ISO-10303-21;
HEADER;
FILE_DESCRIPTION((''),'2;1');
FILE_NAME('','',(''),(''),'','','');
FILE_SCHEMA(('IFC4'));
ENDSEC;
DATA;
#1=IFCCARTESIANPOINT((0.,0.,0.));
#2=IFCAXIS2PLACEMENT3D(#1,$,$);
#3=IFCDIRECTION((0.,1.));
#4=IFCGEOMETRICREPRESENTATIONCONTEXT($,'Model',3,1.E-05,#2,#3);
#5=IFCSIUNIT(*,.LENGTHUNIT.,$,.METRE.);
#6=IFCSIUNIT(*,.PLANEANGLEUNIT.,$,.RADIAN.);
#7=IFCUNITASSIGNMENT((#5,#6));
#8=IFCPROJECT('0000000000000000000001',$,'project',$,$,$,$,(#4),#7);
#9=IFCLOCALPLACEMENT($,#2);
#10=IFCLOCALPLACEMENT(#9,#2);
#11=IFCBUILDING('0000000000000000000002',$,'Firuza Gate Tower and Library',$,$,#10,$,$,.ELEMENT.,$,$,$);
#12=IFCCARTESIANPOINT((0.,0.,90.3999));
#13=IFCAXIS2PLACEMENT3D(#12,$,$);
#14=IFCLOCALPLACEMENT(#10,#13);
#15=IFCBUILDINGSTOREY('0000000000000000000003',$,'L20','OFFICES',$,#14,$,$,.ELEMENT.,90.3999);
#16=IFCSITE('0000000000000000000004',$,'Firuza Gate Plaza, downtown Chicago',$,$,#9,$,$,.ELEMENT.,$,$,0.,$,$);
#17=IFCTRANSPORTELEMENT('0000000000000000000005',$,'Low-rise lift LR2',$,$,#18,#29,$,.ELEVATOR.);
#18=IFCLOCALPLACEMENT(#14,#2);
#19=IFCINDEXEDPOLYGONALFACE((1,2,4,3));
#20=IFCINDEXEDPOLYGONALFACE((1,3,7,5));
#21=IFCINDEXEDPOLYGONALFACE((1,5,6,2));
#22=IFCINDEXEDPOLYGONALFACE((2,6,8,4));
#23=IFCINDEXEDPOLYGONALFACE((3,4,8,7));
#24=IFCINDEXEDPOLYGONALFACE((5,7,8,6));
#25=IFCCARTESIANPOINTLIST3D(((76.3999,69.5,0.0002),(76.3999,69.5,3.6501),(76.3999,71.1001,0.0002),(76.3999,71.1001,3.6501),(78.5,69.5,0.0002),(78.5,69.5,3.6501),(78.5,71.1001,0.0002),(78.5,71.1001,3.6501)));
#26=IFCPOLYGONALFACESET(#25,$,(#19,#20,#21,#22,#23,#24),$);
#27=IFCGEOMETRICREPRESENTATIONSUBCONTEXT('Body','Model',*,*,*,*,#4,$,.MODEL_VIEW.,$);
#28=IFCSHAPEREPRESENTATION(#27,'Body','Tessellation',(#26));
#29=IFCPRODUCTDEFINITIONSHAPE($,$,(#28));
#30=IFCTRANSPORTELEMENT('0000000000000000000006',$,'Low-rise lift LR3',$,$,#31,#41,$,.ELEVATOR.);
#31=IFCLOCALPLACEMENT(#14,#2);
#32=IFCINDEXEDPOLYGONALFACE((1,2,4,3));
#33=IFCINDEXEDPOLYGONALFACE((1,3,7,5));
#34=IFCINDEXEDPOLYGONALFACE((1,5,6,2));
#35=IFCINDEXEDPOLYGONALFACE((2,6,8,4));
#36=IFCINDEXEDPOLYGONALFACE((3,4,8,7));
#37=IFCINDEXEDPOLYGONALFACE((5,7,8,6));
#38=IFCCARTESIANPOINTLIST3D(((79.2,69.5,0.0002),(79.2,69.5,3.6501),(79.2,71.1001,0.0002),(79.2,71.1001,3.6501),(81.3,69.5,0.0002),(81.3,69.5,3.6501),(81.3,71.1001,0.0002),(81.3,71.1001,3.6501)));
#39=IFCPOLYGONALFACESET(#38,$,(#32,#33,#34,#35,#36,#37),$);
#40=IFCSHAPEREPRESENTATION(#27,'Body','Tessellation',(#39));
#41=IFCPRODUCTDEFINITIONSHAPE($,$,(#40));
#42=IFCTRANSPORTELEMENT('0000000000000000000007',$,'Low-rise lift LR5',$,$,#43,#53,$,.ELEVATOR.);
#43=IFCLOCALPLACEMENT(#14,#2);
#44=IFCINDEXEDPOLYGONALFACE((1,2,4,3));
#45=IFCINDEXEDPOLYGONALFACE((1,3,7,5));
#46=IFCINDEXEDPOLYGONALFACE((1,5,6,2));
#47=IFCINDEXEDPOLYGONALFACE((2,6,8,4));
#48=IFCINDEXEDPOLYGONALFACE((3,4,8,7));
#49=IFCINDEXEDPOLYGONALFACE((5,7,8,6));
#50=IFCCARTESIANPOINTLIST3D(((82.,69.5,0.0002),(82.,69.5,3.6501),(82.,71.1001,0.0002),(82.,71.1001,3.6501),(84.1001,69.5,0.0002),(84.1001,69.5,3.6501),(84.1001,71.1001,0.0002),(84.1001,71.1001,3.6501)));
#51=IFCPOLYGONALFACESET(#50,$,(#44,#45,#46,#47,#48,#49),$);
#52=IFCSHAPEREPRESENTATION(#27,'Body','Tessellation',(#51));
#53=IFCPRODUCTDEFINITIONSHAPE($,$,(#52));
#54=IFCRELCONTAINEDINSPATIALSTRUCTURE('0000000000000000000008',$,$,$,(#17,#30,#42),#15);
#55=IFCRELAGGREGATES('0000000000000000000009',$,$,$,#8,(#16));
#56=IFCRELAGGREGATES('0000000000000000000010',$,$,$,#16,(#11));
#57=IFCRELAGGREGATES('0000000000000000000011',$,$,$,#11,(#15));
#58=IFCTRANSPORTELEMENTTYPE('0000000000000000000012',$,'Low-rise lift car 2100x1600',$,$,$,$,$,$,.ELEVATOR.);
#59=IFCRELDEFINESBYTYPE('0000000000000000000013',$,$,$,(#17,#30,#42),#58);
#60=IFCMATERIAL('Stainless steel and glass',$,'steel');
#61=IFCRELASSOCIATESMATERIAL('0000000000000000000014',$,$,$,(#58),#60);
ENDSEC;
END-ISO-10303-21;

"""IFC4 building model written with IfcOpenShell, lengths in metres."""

from ifc_helpers import new_model, si_unit, direction, frame, origin, origin_2d, place, context, subcontext, project, spatial, rectangle, extrude, material, type_object, element, save


model = new_model("IFC4")

# Units and contexts
model_context = context("Model", 3, precision=1e-05, world=origin(), true_north=direction((0.0, 1.0)))
body_context = subcontext(model_context, "Body", "Model", "MODEL_VIEW")
ifc_project = project(units=[si_unit("LENGTHUNIT", "METRE"), si_unit("PLANEANGLEUNIT", "RADIAN")], contexts=[model_context])

# Site, building, storey
site_placement = place(None, origin())
site = spatial("IfcSite", under=ifc_project, at=site_placement, Name="Firuza Gate Plaza, downtown Chicago", CompositionType="ELEMENT", RefElevation=0.0)
building_placement = place(site_placement, origin())
building = spatial("IfcBuilding", under=site, at=building_placement, Name="Firuza Gate Tower and Library", CompositionType="ELEMENT")
storey_placement = place(building_placement, frame((0.0, 0.0, 90.3999)))
storey = spatial("IfcBuildingStorey", under=building, at=storey_placement, Name="L20", Description="OFFICES", CompositionType="ELEMENT", Elevation=90.3999)

# Transport elements
ifc_material_1 = material(Name="Stainless steel and glass", Category="steel")
transport_element_type = type_object("IfcTransportElementType", Name="Low-rise lift car 2100x1600", PredefinedType="ELEVATOR", material=ifc_material_1)
for number, where, z_axis, x_axis, name in (
    (1, (77.45, 70.3, 0.0002), (0.0, 0.0, 1.0), (1.0, 0.0, 0.0), "Low-rise lift LR2"),
    (2, (80.25, 70.3, 0.0002), (0.0, 0.0, 1.0), (1.0, 0.0, 0.0), "Low-rise lift LR3"),
    (3, (83.05, 70.3, 0.0002), (0.0, 0.0, 1.0), (1.0, 0.0, 0.0), "Low-rise lift LR5"),
):
    element("IfcTransportElement", number, at=place(storey_placement, frame(where, z_axis=z_axis, x_axis=x_axis)), inside=storey, type_object=transport_element_type, Name=name, PredefinedType="ELEVATOR", context=body_context, shape_type="SweptSolid", body=[
        extrude(rectangle(XDim=2.1001, YDim=1.6001, at=origin_2d()), origin(), (0.0, 0.0, 1.0), 3.6499),
    ])

save(model, "model.ifc")
